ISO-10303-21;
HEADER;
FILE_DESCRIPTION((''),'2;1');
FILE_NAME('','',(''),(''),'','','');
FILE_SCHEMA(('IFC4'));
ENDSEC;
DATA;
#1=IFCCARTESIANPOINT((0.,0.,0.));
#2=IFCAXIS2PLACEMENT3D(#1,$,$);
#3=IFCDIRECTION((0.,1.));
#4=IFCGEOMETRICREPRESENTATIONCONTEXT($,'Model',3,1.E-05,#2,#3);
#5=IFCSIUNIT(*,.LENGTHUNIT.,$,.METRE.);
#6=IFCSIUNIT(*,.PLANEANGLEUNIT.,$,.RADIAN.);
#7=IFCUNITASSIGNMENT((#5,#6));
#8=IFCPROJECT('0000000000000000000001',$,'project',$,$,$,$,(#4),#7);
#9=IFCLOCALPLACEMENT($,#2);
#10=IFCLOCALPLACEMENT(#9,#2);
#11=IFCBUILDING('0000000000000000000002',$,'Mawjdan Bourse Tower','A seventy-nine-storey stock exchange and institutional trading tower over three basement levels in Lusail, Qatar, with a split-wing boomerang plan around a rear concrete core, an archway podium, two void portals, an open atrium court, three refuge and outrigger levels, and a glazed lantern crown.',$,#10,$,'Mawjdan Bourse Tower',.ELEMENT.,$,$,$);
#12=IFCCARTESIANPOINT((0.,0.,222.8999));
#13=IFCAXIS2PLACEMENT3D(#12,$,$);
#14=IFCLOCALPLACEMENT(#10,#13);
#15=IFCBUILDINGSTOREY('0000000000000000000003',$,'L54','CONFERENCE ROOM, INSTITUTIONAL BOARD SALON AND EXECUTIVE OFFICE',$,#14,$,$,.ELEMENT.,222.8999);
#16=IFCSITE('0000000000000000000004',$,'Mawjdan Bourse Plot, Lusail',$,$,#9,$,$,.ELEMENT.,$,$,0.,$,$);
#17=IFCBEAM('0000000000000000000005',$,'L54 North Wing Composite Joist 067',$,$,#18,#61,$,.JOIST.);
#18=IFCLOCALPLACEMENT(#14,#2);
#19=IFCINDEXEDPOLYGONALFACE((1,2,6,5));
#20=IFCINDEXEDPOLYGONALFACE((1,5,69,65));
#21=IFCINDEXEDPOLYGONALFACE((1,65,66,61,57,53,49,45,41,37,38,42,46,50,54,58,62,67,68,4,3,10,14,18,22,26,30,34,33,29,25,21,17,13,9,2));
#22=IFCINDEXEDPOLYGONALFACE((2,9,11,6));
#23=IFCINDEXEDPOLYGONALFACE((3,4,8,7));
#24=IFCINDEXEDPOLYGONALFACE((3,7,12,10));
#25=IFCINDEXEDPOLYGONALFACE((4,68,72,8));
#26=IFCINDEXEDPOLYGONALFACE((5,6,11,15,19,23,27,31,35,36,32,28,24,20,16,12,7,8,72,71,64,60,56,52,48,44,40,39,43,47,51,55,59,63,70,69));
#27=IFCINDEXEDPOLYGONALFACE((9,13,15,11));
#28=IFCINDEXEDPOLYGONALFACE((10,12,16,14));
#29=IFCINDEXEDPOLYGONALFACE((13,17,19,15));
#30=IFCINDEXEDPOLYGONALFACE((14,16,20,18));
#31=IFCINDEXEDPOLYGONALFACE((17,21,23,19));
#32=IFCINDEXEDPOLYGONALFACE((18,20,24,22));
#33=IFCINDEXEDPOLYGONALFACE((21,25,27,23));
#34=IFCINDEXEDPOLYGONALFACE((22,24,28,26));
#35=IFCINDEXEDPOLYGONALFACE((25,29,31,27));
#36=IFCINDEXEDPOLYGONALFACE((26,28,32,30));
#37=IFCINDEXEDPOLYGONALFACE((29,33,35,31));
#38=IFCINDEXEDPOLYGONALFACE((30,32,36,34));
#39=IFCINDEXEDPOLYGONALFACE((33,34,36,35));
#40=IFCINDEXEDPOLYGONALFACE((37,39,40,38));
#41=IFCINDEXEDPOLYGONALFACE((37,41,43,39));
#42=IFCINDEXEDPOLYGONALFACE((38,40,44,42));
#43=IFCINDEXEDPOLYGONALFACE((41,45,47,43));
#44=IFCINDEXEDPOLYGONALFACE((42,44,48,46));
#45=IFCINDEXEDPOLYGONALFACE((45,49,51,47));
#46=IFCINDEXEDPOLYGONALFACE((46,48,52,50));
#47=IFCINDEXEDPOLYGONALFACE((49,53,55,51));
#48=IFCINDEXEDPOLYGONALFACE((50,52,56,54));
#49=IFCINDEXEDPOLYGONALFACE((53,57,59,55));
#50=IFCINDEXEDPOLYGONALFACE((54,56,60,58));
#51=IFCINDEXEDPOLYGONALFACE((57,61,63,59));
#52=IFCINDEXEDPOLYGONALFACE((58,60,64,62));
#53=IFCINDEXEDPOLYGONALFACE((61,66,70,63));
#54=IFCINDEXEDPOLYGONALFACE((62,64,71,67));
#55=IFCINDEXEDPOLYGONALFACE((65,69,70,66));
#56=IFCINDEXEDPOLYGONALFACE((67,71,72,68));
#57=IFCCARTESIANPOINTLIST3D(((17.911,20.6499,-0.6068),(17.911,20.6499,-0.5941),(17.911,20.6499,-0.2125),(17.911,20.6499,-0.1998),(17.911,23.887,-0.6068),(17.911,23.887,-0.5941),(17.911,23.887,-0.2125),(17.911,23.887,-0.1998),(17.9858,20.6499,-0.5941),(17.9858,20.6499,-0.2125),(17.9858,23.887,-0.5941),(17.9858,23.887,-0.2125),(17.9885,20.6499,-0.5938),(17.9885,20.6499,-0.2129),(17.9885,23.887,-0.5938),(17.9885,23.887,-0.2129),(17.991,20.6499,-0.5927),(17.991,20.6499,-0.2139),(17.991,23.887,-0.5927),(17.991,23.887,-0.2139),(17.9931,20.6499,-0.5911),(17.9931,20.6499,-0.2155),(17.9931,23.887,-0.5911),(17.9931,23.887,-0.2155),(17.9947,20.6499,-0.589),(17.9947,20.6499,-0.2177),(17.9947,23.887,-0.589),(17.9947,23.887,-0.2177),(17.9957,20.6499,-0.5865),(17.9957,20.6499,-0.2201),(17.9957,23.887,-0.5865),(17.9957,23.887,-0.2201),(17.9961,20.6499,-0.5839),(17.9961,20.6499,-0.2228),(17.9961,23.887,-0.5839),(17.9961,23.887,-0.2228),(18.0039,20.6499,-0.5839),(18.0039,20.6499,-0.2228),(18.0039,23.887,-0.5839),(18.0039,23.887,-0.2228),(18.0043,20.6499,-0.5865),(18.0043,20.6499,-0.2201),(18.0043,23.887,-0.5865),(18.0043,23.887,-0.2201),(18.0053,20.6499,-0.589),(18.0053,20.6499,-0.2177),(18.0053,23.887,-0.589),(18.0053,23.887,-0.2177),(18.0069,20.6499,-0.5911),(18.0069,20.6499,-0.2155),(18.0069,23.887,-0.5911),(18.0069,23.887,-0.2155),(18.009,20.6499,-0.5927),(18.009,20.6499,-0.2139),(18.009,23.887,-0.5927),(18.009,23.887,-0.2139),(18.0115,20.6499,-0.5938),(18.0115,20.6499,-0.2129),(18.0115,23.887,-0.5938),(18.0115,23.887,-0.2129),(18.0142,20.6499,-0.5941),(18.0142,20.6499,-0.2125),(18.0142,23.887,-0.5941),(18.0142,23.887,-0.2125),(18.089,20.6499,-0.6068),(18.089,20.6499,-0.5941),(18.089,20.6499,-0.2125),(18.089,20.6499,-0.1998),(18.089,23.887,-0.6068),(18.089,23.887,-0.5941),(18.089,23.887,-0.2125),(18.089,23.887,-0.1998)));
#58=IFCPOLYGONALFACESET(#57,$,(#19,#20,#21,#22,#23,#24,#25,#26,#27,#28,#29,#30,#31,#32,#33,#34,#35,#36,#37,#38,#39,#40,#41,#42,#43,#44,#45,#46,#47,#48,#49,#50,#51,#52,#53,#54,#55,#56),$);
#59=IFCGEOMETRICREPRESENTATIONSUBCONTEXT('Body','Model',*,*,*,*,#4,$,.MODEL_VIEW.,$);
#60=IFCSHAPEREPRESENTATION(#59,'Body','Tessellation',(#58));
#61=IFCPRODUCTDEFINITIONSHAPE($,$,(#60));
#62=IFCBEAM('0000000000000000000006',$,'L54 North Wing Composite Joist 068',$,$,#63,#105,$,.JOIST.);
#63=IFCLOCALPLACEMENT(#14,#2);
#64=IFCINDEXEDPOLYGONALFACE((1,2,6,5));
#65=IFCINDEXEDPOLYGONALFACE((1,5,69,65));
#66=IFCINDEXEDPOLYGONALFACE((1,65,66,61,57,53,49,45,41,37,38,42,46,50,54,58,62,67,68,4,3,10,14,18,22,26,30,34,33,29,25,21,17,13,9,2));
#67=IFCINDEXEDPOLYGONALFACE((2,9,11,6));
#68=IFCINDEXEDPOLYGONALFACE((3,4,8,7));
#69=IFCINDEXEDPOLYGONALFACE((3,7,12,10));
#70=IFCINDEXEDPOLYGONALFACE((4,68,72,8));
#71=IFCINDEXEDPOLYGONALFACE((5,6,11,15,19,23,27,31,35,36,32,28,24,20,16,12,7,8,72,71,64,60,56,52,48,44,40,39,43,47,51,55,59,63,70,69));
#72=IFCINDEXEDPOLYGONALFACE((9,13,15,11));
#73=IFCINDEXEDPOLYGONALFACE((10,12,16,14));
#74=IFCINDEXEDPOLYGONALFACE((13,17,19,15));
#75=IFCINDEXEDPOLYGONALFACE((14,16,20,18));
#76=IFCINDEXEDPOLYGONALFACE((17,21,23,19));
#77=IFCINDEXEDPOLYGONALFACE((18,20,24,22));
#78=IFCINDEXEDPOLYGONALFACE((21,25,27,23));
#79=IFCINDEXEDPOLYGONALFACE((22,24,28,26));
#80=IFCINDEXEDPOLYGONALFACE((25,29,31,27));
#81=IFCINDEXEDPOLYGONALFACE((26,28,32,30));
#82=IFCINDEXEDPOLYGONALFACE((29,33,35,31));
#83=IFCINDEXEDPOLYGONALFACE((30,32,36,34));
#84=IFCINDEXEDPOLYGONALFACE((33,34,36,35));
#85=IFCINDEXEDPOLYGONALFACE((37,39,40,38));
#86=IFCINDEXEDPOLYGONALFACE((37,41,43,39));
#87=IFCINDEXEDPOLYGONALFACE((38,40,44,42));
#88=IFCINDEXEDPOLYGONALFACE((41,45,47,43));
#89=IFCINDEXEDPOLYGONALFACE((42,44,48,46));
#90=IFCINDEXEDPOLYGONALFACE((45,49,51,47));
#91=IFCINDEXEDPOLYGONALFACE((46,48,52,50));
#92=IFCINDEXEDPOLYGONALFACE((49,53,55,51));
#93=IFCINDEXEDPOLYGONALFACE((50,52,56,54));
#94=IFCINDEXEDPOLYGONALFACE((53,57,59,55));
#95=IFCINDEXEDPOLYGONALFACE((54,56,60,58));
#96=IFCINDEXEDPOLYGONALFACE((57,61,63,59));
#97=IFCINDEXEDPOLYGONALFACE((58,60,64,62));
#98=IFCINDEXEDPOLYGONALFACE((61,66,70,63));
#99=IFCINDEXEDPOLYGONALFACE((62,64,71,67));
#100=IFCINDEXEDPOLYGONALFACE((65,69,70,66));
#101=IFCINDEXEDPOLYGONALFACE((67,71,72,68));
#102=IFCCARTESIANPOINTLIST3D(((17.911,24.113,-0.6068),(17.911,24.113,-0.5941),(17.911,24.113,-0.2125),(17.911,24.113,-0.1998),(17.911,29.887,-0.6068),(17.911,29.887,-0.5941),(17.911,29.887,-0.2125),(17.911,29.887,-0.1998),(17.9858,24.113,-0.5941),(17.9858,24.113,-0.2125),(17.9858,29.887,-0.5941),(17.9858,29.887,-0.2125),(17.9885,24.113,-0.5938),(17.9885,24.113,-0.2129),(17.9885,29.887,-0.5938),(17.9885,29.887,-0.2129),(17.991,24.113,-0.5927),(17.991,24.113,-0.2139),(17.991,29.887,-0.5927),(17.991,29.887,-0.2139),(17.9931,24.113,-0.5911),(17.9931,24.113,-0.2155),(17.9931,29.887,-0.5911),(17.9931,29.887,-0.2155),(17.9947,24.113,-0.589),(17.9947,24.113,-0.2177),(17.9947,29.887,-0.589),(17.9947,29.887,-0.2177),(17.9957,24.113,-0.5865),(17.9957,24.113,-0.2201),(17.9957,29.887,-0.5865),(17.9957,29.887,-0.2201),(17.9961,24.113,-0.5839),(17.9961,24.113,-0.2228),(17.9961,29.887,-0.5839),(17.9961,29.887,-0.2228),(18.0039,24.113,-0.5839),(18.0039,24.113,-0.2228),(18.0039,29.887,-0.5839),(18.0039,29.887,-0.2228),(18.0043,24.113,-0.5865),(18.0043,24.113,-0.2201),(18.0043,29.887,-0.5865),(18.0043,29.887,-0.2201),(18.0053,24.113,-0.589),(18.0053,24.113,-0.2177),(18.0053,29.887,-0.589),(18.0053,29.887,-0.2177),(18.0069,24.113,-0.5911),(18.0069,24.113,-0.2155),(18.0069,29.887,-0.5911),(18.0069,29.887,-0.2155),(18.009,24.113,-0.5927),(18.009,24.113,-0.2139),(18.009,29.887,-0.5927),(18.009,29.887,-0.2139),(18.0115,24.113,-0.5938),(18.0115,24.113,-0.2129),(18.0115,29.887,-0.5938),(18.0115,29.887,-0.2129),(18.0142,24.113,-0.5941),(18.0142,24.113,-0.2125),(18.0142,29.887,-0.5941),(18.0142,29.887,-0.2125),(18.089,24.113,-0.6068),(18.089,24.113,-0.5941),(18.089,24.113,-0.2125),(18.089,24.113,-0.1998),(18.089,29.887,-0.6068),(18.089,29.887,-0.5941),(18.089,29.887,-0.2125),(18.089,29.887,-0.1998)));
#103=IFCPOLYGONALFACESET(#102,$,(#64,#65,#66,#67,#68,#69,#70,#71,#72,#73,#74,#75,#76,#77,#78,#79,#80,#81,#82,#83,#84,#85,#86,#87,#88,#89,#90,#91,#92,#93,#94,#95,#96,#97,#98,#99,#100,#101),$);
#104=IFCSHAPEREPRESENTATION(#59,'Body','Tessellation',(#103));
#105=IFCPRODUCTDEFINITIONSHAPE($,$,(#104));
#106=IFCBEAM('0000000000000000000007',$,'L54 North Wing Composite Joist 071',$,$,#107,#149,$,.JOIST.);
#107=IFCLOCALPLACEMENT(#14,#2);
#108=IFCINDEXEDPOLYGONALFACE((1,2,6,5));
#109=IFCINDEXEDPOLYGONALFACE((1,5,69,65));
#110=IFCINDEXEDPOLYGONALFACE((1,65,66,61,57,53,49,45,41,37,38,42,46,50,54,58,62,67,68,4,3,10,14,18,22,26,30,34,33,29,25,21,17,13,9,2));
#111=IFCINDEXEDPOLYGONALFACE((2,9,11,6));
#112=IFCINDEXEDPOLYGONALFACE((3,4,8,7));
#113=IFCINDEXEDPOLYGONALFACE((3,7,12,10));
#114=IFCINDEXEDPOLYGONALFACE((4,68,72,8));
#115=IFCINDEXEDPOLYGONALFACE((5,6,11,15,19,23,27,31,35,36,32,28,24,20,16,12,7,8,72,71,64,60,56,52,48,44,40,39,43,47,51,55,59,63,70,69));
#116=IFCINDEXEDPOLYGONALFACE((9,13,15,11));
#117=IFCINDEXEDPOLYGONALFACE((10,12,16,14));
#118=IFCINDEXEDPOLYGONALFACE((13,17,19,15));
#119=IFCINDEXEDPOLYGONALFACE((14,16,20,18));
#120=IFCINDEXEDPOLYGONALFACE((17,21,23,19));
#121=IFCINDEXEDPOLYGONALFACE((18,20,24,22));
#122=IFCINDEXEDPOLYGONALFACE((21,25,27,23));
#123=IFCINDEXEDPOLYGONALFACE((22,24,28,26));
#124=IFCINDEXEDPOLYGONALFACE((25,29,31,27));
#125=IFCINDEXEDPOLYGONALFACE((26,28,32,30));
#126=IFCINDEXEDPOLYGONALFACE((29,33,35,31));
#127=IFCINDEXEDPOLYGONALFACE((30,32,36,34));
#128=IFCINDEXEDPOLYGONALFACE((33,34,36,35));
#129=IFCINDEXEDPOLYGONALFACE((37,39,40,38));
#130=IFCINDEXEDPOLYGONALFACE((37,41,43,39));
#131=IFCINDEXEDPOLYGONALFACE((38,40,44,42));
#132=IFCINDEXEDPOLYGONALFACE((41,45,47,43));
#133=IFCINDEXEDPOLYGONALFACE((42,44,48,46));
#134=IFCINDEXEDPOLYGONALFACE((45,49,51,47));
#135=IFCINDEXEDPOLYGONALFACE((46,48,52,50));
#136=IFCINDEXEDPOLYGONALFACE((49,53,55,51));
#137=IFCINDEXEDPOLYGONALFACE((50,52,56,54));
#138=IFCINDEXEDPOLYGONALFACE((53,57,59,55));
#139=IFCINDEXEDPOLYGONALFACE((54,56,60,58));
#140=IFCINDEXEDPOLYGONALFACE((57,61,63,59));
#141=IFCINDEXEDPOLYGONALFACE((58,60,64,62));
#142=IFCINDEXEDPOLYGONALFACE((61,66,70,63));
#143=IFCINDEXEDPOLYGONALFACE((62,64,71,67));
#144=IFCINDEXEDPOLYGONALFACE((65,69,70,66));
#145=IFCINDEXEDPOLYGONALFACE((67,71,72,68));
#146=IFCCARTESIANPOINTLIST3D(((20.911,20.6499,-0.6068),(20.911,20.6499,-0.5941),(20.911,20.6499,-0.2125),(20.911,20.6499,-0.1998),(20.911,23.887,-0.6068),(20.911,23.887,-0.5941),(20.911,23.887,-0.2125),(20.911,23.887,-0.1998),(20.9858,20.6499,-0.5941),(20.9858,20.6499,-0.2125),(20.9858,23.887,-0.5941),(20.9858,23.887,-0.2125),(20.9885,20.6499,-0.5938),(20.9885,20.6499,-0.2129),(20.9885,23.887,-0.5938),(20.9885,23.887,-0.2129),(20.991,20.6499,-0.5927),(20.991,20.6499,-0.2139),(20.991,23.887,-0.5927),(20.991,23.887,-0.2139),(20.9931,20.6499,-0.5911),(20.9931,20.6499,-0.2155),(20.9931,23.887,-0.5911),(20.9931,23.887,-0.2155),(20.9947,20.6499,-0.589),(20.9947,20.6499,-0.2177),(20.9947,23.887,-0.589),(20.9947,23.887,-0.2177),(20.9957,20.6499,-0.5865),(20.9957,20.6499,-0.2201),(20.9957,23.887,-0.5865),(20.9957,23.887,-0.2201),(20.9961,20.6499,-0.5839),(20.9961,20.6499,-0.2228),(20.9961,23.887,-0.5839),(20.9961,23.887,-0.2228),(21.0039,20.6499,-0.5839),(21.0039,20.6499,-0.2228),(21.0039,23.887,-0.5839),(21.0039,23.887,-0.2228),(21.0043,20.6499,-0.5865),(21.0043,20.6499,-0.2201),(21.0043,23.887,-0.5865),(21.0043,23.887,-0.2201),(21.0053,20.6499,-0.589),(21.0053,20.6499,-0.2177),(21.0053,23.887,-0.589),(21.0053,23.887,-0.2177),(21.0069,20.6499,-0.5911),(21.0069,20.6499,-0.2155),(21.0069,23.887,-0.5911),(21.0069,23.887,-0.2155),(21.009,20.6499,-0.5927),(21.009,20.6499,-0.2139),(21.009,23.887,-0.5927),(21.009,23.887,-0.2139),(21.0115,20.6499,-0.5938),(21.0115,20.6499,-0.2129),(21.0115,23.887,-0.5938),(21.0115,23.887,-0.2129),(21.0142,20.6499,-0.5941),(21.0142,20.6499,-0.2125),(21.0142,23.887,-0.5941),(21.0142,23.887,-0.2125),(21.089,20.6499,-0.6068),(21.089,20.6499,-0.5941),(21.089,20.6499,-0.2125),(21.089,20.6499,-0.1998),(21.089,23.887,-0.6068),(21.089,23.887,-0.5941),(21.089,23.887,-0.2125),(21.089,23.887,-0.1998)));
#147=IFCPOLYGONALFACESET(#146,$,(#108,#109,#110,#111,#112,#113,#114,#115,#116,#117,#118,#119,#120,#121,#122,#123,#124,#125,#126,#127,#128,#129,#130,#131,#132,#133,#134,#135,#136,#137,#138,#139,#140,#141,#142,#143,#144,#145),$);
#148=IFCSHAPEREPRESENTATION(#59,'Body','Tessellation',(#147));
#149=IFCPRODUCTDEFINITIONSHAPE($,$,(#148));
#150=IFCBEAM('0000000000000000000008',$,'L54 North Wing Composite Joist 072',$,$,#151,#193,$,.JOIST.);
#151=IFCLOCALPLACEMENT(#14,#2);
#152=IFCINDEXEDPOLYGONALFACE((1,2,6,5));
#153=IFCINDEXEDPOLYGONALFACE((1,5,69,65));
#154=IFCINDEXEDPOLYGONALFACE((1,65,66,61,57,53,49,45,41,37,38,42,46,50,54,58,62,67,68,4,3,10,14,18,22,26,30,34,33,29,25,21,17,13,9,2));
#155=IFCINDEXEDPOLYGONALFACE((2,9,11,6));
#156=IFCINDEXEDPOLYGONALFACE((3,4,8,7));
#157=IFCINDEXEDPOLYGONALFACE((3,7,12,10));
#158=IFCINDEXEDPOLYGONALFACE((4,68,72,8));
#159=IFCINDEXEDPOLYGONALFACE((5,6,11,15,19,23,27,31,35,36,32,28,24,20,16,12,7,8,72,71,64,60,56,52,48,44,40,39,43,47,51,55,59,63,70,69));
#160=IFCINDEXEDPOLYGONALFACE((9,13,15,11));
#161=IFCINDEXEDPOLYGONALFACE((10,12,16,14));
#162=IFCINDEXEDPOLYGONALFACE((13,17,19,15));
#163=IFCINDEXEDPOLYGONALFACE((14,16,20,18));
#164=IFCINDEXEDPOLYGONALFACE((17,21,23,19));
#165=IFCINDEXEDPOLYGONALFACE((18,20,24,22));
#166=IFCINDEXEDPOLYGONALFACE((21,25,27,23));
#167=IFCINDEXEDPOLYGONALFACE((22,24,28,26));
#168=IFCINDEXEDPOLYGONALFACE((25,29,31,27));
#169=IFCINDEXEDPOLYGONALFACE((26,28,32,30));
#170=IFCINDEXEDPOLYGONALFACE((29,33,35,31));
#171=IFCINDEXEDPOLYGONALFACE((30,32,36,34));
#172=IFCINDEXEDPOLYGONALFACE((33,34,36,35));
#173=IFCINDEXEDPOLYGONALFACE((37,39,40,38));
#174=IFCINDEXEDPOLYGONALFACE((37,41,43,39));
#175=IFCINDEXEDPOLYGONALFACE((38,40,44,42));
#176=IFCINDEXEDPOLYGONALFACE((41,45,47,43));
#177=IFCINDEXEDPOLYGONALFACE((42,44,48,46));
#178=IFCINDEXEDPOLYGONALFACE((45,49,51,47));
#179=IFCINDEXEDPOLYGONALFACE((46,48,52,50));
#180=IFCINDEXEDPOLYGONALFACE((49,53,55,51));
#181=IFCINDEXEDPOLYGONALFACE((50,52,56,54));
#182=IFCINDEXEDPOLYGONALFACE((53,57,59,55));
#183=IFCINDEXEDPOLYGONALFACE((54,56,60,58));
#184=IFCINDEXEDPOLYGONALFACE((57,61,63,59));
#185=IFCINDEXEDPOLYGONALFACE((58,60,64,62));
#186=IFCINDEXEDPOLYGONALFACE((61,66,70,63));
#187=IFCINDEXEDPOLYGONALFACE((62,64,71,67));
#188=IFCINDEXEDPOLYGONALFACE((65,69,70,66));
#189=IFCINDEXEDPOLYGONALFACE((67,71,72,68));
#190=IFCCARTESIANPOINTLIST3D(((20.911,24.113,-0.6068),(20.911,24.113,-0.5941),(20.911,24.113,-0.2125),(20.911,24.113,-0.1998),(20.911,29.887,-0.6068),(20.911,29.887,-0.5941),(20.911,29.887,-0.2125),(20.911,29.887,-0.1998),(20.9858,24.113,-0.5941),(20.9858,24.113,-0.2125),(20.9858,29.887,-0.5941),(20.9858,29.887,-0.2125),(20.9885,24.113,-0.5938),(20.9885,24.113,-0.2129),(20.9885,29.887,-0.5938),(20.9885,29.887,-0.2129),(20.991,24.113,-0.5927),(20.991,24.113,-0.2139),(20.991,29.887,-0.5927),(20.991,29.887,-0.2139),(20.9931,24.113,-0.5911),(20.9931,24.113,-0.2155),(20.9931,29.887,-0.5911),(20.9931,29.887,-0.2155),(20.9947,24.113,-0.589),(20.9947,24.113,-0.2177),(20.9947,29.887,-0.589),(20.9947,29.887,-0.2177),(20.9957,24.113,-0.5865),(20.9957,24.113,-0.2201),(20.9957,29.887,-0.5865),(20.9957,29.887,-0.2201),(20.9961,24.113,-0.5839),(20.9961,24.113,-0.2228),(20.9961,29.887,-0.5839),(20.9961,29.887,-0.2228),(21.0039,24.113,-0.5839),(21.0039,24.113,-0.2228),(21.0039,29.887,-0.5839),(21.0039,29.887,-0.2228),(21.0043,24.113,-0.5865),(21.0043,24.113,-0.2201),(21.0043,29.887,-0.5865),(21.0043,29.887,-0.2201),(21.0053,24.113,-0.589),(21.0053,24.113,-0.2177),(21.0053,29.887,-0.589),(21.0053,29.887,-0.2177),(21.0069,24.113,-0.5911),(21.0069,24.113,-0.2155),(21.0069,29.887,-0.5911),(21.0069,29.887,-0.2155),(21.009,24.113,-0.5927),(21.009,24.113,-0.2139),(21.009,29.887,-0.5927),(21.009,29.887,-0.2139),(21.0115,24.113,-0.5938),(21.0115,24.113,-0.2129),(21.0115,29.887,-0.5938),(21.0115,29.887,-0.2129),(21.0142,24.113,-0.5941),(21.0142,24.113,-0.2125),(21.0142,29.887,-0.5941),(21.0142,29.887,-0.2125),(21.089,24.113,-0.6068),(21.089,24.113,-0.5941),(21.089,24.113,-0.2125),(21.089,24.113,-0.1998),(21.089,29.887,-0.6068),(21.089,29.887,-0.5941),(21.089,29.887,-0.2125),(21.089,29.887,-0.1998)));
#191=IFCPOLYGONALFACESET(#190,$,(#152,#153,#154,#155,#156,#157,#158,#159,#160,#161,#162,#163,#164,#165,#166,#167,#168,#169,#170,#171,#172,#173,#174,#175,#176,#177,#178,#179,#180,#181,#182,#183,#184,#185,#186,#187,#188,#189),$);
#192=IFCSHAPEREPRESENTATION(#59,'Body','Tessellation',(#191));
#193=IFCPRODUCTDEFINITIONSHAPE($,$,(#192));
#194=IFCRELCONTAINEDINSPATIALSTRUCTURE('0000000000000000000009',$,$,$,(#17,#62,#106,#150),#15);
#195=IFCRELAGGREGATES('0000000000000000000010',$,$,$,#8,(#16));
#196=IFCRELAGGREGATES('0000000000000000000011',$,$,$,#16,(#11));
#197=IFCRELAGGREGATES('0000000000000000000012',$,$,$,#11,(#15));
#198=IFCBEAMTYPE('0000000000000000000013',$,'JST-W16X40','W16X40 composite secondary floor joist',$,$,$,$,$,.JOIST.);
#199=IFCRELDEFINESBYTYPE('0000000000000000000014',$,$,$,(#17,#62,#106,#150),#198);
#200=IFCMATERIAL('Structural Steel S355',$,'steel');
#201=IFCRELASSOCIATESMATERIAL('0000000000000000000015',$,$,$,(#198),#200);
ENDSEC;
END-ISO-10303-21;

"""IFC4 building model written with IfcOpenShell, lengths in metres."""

from ifc_helpers import new_model, si_unit, direction, frame, origin, origin_2d, place, context, subcontext, project, spatial, i_section, extrude, material, material_profile, profile_set, type_object, element, save


model = new_model("IFC4")

# Units and contexts
model_context = context("Model", 3, precision=1e-05, world=origin(), true_north=direction((0.0, 1.0)))
body_context = subcontext(model_context, "Body", "Model", "MODEL_VIEW")
ifc_project = project(units=[si_unit("LENGTHUNIT", "METRE"), si_unit("PLANEANGLEUNIT", "RADIAN")], contexts=[model_context])

# Site, building, storey
site_placement = place(None, origin())
site = spatial("IfcSite", under=ifc_project, at=site_placement, Name="Mawjdan Bourse Plot, Lusail", CompositionType="ELEMENT", RefElevation=0.0)
building_placement = place(site_placement, origin())
building = spatial("IfcBuilding", under=site, at=building_placement, Name="Mawjdan Bourse Tower", Description="A seventy-nine-storey stock exchange and institutional trading tower over three basement levels in Lusail, Qatar, with a split-wing boomerang plan around a rear concrete core, an archway podium, two void portals, an open atrium court, three refuge and outrigger levels, and a glazed lantern crown.", LongName="Mawjdan Bourse Tower", CompositionType="ELEMENT")
storey_placement = place(building_placement, frame((0.0, 0.0, 222.8999)))
storey = spatial("IfcBuildingStorey", under=building, at=storey_placement, Name="L54", Description="CONFERENCE ROOM, INSTITUTIONAL BOARD SALON AND EXECUTIVE OFFICE", CompositionType="ELEMENT", Elevation=222.8999)

# Beams
ifc_material_1 = material(Name="Structural Steel S355", Category="steel")
ifc_material_profile_1 = material_profile(ifc_material_1, i_section(OverallWidth=0.178, OverallDepth=0.407, WebThickness=0.0078, FlangeThickness=0.0127, FilletRadius=0.0103, at=origin_2d()), Name="W16X40")
ifc_profile_set_1 = profile_set([ifc_material_profile_1], Name="Structural Steel S355")
beam_type_1 = type_object("IfcBeamType", Name="JST-W16X40", Description="W16X40 composite secondary floor joist", PredefinedType="JOIST", material=ifc_profile_set_1)
beam_1_placement = place(storey_placement, frame((18.0, 20.6499, -0.4033), z_axis=(0.0, 1.0, 0.0), x_axis=(-1.0, 0.0, 0.0)))
element("IfcBeam", 1, at=beam_1_placement, inside=storey, type_object=beam_type_1, Name="L54 North Wing Composite Joist 067", PredefinedType="JOIST", context=body_context, shape_type="SweptSolid", body=[
    extrude(i_section(OverallWidth=0.178, OverallDepth=0.407, WebThickness=0.0078, FlangeThickness=0.0127, FilletRadius=0.0103, at=origin_2d()), origin(), (0.0, 0.0, 1.0), 3.2371),
])
beam_2_placement = place(storey_placement, frame((18.0, 24.113, -0.4033), z_axis=(0.0, 1.0, 0.0), x_axis=(-1.0, 0.0, 0.0)))
element("IfcBeam", 2, at=beam_2_placement, inside=storey, type_object=beam_type_1, Name="L54 North Wing Composite Joist 068", PredefinedType="JOIST", context=body_context, shape_type="SweptSolid", body=[
    extrude(i_section(OverallWidth=0.178, OverallDepth=0.407, WebThickness=0.0078, FlangeThickness=0.0127, FilletRadius=0.0103, at=origin_2d()), origin(), (0.0, 0.0, 1.0), 5.7739),
])
beam_3_placement = place(storey_placement, frame((21.0, 20.6499, -0.4033), z_axis=(0.0, 1.0, 0.0), x_axis=(-1.0, 0.0, 0.0)))
element("IfcBeam", 3, at=beam_3_placement, inside=storey, type_object=beam_type_1, Name="L54 North Wing Composite Joist 071", PredefinedType="JOIST", context=body_context, shape_type="SweptSolid", body=[
    extrude(i_section(OverallWidth=0.178, OverallDepth=0.407, WebThickness=0.0078, FlangeThickness=0.0127, FilletRadius=0.0103, at=origin_2d()), origin(), (0.0, 0.0, 1.0), 3.2371),
])
beam_4_placement = place(storey_placement, frame((21.0, 24.113, -0.4033), z_axis=(0.0, 1.0, 0.0), x_axis=(-1.0, 0.0, 0.0)))
element("IfcBeam", 4, at=beam_4_placement, inside=storey, type_object=beam_type_1, Name="L54 North Wing Composite Joist 072", PredefinedType="JOIST", context=body_context, shape_type="SweptSolid", body=[
    extrude(i_section(OverallWidth=0.178, OverallDepth=0.407, WebThickness=0.0078, FlangeThickness=0.0127, FilletRadius=0.0103, at=origin_2d()), origin(), (0.0, 0.0, 1.0), 5.7739),
])

save(model, "model.ifc")
